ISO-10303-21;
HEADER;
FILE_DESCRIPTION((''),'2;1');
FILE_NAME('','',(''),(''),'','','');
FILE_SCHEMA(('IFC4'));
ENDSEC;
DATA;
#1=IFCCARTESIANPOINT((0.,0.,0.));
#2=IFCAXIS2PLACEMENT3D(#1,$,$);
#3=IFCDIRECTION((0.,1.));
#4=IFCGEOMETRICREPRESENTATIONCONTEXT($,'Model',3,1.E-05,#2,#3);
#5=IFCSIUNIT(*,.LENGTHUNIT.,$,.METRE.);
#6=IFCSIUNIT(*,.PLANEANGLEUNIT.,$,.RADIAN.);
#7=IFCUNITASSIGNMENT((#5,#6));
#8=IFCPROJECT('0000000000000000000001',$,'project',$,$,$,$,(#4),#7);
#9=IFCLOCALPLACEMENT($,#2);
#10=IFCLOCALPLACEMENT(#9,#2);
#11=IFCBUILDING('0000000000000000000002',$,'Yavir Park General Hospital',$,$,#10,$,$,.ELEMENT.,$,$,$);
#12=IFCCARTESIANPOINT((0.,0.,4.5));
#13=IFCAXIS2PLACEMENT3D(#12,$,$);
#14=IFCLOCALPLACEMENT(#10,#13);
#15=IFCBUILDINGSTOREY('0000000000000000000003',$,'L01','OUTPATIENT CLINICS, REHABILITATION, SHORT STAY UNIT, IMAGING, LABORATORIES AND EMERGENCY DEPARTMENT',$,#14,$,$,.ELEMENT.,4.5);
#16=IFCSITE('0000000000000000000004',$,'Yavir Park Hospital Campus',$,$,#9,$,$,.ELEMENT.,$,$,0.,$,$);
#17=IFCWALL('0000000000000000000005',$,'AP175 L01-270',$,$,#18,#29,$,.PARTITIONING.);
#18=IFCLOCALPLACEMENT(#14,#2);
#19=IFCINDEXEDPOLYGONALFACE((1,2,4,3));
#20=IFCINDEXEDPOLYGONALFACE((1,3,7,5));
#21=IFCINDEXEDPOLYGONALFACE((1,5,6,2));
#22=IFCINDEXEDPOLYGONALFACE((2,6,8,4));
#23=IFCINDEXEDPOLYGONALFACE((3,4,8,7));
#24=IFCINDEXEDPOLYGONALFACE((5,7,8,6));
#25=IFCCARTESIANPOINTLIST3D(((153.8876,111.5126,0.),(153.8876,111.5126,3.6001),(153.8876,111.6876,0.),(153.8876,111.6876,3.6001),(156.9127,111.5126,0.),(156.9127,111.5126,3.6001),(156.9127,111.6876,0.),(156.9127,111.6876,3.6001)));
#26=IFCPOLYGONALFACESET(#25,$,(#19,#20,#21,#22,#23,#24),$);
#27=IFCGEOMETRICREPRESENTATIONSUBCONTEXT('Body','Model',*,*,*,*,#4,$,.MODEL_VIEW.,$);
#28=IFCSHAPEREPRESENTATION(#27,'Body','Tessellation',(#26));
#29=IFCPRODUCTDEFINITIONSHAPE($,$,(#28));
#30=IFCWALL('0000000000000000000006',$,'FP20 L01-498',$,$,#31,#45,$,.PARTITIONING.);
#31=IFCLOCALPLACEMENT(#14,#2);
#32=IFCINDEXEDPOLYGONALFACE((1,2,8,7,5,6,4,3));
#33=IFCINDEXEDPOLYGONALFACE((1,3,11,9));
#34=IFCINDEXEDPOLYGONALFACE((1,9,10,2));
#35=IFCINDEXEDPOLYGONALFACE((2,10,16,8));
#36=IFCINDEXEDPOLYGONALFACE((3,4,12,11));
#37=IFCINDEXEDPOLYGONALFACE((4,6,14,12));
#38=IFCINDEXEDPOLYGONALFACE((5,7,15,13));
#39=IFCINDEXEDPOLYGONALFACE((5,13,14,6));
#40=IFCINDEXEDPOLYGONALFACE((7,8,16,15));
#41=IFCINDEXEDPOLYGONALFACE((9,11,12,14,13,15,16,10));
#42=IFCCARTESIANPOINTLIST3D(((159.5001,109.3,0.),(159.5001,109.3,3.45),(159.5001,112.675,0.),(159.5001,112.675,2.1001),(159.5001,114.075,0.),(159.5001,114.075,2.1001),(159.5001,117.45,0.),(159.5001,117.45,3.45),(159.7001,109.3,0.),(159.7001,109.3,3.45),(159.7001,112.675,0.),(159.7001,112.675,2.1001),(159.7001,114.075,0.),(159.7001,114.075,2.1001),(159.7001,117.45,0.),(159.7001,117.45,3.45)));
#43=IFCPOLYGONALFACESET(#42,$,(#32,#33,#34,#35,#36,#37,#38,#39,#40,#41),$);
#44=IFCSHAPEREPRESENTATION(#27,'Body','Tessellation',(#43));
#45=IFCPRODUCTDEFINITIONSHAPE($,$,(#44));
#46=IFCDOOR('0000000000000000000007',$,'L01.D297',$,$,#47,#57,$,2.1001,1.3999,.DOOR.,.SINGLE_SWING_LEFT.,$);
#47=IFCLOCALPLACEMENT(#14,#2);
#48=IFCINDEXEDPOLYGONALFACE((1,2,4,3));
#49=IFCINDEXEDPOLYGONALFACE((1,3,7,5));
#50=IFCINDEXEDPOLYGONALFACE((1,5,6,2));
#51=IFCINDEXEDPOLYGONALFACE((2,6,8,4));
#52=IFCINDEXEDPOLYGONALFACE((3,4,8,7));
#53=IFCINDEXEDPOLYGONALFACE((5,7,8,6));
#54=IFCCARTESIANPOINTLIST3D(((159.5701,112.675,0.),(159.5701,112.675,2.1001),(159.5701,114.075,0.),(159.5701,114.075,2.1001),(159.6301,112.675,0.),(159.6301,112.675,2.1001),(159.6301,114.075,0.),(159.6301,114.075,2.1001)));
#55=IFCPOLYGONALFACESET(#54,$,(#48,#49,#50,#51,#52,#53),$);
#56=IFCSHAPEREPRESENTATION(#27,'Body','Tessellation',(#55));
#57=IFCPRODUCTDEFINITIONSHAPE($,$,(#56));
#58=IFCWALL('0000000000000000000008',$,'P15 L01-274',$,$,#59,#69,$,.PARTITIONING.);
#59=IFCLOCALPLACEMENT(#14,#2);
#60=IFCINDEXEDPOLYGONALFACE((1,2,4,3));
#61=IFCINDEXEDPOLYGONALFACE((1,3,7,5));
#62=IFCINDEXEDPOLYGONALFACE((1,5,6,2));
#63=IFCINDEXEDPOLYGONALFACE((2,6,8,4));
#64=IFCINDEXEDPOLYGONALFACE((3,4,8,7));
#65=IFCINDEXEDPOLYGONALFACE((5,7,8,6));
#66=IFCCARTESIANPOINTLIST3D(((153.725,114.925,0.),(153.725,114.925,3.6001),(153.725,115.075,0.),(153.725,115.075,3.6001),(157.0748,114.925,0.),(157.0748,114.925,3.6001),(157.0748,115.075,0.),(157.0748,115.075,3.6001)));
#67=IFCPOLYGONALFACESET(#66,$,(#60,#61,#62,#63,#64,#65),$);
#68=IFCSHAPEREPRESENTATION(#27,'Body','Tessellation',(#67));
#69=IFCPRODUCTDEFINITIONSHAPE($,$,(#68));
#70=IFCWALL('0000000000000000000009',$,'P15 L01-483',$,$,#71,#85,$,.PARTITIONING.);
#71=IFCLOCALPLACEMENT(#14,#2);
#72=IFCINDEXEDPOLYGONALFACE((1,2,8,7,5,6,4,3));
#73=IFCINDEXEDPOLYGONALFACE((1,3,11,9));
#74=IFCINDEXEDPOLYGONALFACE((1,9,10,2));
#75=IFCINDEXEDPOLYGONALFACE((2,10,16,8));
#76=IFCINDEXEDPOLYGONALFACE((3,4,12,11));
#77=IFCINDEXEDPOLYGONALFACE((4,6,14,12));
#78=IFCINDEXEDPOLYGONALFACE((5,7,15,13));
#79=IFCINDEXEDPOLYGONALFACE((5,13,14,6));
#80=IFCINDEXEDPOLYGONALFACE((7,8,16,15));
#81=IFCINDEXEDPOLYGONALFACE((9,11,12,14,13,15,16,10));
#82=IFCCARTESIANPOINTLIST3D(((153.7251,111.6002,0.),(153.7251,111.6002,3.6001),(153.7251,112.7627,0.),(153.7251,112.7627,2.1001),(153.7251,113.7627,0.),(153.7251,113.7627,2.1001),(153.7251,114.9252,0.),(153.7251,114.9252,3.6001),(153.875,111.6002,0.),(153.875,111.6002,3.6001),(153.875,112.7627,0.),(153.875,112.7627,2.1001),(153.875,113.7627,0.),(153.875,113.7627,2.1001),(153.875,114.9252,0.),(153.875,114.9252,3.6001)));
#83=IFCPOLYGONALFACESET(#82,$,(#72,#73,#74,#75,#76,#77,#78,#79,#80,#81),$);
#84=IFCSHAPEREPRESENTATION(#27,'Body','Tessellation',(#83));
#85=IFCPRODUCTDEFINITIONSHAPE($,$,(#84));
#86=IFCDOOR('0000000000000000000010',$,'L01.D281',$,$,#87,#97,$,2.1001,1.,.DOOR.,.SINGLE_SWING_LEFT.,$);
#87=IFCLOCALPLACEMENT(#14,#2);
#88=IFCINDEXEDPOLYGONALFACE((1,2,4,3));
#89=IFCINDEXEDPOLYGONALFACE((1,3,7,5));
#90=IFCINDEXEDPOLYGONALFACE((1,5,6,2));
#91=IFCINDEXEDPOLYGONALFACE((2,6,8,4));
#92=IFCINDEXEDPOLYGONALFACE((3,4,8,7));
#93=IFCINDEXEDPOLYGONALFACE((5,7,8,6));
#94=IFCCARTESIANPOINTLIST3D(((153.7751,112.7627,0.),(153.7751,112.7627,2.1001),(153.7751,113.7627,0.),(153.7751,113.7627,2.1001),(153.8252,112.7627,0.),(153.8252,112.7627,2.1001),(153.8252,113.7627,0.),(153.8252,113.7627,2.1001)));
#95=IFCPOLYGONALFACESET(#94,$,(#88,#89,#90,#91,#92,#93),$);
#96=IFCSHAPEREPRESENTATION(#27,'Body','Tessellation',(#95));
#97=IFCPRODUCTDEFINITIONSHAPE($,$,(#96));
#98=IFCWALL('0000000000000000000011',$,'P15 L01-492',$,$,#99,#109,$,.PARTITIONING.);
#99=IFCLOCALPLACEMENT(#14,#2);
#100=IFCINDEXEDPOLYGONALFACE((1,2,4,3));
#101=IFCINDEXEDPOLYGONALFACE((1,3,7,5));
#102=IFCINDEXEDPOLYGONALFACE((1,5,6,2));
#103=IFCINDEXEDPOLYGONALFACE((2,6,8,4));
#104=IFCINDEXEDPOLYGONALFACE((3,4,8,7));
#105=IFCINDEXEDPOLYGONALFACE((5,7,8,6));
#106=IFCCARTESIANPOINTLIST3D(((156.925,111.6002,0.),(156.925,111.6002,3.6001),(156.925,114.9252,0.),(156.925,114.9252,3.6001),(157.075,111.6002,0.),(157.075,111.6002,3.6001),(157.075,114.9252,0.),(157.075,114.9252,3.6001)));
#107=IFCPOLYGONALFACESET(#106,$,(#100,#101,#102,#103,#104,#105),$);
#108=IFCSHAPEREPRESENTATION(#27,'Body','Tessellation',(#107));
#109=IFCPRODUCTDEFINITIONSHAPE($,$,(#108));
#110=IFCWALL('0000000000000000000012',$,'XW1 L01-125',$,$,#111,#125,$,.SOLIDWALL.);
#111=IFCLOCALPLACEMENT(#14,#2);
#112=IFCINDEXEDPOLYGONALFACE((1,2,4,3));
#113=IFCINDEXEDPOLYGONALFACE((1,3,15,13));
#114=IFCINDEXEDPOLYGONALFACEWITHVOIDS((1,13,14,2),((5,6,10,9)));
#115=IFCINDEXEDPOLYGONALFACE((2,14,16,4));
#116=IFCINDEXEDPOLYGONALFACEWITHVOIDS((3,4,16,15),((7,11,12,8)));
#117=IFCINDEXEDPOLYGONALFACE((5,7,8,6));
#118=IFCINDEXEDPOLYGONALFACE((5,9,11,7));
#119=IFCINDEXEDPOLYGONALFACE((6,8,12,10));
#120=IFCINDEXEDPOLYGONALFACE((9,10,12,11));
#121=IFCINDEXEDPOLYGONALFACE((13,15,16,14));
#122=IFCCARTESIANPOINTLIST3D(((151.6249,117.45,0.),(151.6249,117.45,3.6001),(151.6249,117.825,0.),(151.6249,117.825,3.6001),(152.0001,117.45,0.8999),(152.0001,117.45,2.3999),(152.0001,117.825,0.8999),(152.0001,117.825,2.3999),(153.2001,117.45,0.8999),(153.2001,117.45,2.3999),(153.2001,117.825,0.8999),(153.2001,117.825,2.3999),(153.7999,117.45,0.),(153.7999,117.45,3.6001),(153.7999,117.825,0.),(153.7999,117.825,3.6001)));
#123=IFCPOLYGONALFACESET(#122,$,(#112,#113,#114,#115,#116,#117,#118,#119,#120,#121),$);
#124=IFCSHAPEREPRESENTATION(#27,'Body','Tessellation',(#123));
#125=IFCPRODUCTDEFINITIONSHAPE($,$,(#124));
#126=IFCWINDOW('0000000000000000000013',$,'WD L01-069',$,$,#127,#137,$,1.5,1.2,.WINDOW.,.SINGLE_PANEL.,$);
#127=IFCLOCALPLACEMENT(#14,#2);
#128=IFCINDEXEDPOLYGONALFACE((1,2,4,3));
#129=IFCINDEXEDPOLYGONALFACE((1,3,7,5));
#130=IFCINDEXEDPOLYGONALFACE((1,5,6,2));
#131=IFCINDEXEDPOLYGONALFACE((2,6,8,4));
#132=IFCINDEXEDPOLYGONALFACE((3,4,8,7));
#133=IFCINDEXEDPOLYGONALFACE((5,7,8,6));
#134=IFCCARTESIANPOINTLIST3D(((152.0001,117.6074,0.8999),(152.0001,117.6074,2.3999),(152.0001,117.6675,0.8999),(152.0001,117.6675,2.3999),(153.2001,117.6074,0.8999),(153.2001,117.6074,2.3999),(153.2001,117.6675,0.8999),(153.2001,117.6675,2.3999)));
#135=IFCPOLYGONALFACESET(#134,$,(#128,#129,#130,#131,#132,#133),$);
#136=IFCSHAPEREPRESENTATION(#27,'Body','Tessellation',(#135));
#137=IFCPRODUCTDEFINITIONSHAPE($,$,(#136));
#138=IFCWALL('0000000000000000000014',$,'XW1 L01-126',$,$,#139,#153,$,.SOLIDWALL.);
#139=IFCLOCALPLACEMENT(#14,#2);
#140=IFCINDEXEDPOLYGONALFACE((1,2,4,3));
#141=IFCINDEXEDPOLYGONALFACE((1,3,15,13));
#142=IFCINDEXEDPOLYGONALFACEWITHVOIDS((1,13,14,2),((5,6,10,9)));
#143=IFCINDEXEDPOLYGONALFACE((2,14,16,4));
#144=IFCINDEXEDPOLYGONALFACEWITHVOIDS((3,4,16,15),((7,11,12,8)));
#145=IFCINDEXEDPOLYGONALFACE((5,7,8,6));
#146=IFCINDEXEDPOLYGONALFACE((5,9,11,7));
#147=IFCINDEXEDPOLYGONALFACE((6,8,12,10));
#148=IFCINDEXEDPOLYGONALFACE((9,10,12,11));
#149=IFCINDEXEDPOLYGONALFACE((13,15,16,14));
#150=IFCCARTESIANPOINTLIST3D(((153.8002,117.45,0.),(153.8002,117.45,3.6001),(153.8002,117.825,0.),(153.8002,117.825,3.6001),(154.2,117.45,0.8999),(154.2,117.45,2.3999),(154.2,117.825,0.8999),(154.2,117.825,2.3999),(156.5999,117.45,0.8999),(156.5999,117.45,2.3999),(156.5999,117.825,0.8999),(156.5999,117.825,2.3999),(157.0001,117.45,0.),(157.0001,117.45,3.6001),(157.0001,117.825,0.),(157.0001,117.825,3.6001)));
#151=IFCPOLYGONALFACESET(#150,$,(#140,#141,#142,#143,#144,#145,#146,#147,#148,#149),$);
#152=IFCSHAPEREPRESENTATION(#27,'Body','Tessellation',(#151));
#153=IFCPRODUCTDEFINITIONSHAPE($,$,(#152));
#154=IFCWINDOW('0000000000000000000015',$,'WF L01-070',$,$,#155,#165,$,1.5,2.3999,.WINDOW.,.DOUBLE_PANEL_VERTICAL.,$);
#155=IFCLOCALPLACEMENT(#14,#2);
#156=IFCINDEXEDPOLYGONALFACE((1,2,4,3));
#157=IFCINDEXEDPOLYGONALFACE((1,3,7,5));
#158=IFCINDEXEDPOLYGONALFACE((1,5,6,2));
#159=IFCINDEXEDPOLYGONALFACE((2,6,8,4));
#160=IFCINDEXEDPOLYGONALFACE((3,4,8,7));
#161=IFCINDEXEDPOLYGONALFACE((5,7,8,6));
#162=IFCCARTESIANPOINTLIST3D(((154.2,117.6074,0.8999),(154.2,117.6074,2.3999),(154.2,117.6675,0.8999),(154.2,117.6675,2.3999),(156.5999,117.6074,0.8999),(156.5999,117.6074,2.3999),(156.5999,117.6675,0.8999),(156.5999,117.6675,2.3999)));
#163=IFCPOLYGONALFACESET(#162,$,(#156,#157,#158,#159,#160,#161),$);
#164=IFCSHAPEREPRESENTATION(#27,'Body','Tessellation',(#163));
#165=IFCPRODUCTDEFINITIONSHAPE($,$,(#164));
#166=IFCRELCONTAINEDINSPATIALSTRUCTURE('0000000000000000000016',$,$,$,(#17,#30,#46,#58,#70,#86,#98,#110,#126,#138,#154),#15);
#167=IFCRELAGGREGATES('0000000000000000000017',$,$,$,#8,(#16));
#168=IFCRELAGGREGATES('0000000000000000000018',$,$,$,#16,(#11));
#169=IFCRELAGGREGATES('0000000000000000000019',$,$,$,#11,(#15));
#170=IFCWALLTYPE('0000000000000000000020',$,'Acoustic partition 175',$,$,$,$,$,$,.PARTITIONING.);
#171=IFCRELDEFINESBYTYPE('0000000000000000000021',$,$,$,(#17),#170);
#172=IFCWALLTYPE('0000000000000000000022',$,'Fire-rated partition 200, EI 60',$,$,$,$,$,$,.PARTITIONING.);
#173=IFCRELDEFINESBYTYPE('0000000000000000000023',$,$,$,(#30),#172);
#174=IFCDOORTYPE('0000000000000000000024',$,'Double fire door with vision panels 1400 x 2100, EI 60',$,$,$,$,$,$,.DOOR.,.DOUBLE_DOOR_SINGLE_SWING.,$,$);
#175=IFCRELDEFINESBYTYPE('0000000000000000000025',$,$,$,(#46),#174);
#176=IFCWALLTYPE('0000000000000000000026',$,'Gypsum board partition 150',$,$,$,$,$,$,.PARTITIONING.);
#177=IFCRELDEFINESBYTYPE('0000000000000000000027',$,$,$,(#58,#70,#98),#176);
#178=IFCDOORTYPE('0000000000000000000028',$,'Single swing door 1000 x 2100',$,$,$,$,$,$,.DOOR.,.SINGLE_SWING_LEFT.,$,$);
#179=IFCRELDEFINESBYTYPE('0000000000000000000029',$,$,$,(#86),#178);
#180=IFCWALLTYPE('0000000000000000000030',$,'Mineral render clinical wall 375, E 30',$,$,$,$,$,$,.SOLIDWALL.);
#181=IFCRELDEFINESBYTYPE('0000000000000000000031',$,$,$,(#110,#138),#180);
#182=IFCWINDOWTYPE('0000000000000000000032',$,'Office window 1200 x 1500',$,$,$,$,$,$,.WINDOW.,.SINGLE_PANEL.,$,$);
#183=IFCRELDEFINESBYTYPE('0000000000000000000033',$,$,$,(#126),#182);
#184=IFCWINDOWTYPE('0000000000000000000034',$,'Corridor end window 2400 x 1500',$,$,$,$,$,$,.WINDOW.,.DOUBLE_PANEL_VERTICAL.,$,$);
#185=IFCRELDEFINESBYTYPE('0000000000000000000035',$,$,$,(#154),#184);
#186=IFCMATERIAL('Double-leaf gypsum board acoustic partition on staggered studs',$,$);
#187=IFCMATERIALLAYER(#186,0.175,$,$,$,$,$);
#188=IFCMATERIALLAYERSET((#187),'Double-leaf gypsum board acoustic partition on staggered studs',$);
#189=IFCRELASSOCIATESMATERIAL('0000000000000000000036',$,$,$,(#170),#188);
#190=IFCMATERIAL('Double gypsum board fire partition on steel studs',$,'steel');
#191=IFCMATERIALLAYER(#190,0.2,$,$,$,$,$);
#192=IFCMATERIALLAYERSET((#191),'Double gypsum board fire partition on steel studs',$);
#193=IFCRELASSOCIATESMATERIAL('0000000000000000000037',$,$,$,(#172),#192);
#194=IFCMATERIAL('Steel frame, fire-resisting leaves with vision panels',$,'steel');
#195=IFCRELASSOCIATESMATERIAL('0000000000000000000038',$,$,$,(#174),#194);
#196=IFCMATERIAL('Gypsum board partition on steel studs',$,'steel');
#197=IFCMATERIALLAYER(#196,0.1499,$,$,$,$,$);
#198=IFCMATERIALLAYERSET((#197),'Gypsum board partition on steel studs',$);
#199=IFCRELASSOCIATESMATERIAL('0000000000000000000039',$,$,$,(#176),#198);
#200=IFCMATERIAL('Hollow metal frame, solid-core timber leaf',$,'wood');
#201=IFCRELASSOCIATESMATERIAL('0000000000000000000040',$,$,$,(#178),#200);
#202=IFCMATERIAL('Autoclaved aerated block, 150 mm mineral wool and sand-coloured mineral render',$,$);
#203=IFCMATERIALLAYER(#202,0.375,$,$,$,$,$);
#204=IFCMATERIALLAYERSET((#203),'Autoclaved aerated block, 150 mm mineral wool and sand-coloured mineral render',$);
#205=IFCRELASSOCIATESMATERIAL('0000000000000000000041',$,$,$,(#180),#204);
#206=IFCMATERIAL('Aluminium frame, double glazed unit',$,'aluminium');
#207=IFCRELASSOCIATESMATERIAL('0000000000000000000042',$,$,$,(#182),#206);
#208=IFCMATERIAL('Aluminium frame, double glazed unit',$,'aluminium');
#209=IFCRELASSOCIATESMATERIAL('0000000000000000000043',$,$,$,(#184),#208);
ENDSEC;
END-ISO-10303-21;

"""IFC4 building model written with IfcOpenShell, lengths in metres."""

from ifc_helpers import new_model, si_unit, direction, frame, frame_2d, origin, place, context, subcontext, project, spatial, rectangle, extrude, material, layer, layer_set, type_object, element, fill, save


model = new_model("IFC4")

# Units and contexts
model_context = context("Model", 3, precision=1e-05, world=origin(), true_north=direction((0.0, 1.0)))
body_context = subcontext(model_context, "Body", "Model", "MODEL_VIEW")
ifc_project = project(units=[si_unit("LENGTHUNIT", "METRE"), si_unit("PLANEANGLEUNIT", "RADIAN")], contexts=[model_context])

# Site, building, storey
site_placement = place(None, origin())
site = spatial("IfcSite", under=ifc_project, at=site_placement, Name="Yavir Park Hospital Campus", CompositionType="ELEMENT", RefElevation=0.0)
building_placement = place(site_placement, origin())
building = spatial("IfcBuilding", under=site, at=building_placement, Name="Yavir Park General Hospital", CompositionType="ELEMENT")
storey_placement = place(building_placement, frame((0.0, 0.0, 4.5)))
storey = spatial("IfcBuildingStorey", under=building, at=storey_placement, Name="L01", Description="OUTPATIENT CLINICS, REHABILITATION, SHORT STAY UNIT, IMAGING, LABORATORIES AND EMERGENCY DEPARTMENT", CompositionType="ELEMENT", Elevation=4.5)

# Wall
ifc_material_1 = material(Name="Double-leaf gypsum board acoustic partition on staggered studs")
ifc_layer_1 = layer(ifc_material_1, 0.175)
ifc_layer_set_1 = layer_set([ifc_layer_1], Name="Double-leaf gypsum board acoustic partition on staggered studs")
wall_type_1 = type_object("IfcWallType", Name="Acoustic partition 175", PredefinedType="PARTITIONING", material=ifc_layer_set_1)
wall_1_placement = place(storey_placement, frame((153.8875, 111.6001, 0.0), z_axis=(0.0, 0.0, 1.0), x_axis=(1.0, 0.0, 0.0)))
element("IfcWall", 1, at=wall_1_placement, inside=storey, type_object=wall_type_1, Name="AP175 L01-270", PredefinedType="PARTITIONING", context=body_context, shape_type="SweptSolid", body=[
    extrude(rectangle(XDim=3.0251, YDim=0.175, at=frame_2d((1.5127, 0.0))), origin(), (0.0, 0.0, 1.0), 3.6001),
])

# Wall, opening, door
ifc_material_2 = material(Name="Double gypsum board fire partition on steel studs", Category="steel")
ifc_layer_2 = layer(ifc_material_2, 0.2)
ifc_layer_set_2 = layer_set([ifc_layer_2], Name="Double gypsum board fire partition on steel studs")
wall_type_2 = type_object("IfcWallType", Name="Fire-rated partition 200, EI 60", PredefinedType="PARTITIONING", material=ifc_layer_set_2)
wall_2_placement = place(storey_placement, frame((159.6001, 109.3, 0.0), z_axis=(0.0, 0.0, 1.0), x_axis=(0.0, 1.0, 0.0)))
wall_2 = element("IfcWall", 2, at=wall_2_placement, inside=storey, type_object=wall_type_2, Name="FP20 L01-498", PredefinedType="PARTITIONING", context=body_context, shape_type="SweptSolid", body=[
    extrude(rectangle(XDim=8.1499, YDim=0.2, at=frame_2d((4.075, 0.0))), origin(), (0.0, 0.0, 1.0), 3.45),
])
opening_1_placement = place(wall_2_placement, frame((3.375, 0.0, 0.0)))
opening_1 = element("IfcOpeningElement", 3, at=opening_1_placement, cuts=wall_2, PredefinedType="OPENING", context=body_context, shape_type="SweptSolid", body=[
    extrude(rectangle(XDim=1.3999, YDim=2.1001, at=frame_2d((0.7, 1.05))), frame((0.0, 0.1099, 0.0), z_axis=(0.0, -1.0, 0.0), x_axis=(1.0, 0.0, 0.0)), (0.0, 0.0, 1.0), 0.22),
])
ifc_material_3 = material(Name="Steel frame, fire-resisting leaves with vision panels", Category="steel")
door_type_1 = type_object("IfcDoorType", Name="Double fire door with vision panels 1400 x 2100, EI 60", OperationType="DOUBLE_DOOR_SINGLE_SWING", PredefinedType="DOOR", material=ifc_material_3)
door_1_placement = place(opening_1_placement, origin())
door_1 = element("IfcDoor", 4, at=door_1_placement, inside=storey, type_object=door_type_1, Name="L01.D297", OperationType="SINGLE_SWING_LEFT", OverallHeight=2.1001, OverallWidth=1.3999, PredefinedType="DOOR", context=body_context, shape_type="SweptSolid", body=[
    extrude(rectangle(XDim=1.3999, YDim=2.1001, at=frame_2d((0.7, 1.05))), frame((0.0, 0.03, 0.0), z_axis=(0.0, -1.0, 0.0), x_axis=(1.0, 0.0, 0.0)), (0.0, 0.0, 1.0), 0.0601),
])
fill(opening_1, door_1)

# Wall
ifc_material_4 = material(Name="Gypsum board partition on steel studs", Category="steel")
ifc_layer_3 = layer(ifc_material_4, 0.1499)
ifc_layer_set_3 = layer_set([ifc_layer_3], Name="Gypsum board partition on steel studs")
wall_type_3 = type_object("IfcWallType", Name="Gypsum board partition 150", PredefinedType="PARTITIONING", material=ifc_layer_set_3)
wall_3_placement = place(storey_placement, frame((153.7251, 115.0, 0.0), z_axis=(0.0, 0.0, 1.0), x_axis=(1.0, 0.0, 0.0)))
element("IfcWall", 5, at=wall_3_placement, inside=storey, type_object=wall_type_3, Name="P15 L01-274", PredefinedType="PARTITIONING", context=body_context, shape_type="SweptSolid", body=[
    extrude(rectangle(XDim=3.3499, YDim=0.1499, at=frame_2d((1.6748, 0.0))), origin(), (0.0, 0.0, 1.0), 3.6001),
])

# Wall, opening, door
wall_4_placement = place(storey_placement, frame((153.8, 111.6001, 0.0), z_axis=(0.0, 0.0, 1.0), x_axis=(0.0, 1.0, 0.0)))
wall_4 = element("IfcWall", 6, at=wall_4_placement, inside=storey, type_object=wall_type_3, Name="P15 L01-483", PredefinedType="PARTITIONING", context=body_context, shape_type="SweptSolid", body=[
    extrude(rectangle(XDim=3.325, YDim=0.1499, at=frame_2d((1.6626, 0.0))), origin(), (0.0, 0.0, 1.0), 3.6001),
])
opening_2_placement = place(wall_4_placement, frame((1.1626, 0.0, 0.0)))
opening_2 = element("IfcOpeningElement", 7, at=opening_2_placement, cuts=wall_4, PredefinedType="OPENING", context=body_context, shape_type="SweptSolid", body=[
    extrude(rectangle(XDim=1.0, YDim=2.1001, at=frame_2d((0.5, 1.05))), frame((0.0, 0.085, 0.0), z_axis=(0.0, -1.0, 0.0), x_axis=(1.0, 0.0, 0.0)), (0.0, 0.0, 1.0), 0.1699),
])
ifc_material_5 = material(Name="Hollow metal frame, solid-core timber leaf", Category="wood")
door_type_2 = type_object("IfcDoorType", Name="Single swing door 1000 x 2100", OperationType="SINGLE_SWING_LEFT", PredefinedType="DOOR", material=ifc_material_5)
door_2_placement = place(opening_2_placement, origin())
door_2 = element("IfcDoor", 8, at=door_2_placement, inside=storey, type_object=door_type_2, Name="L01.D281", OperationType="SINGLE_SWING_LEFT", OverallHeight=2.1001, OverallWidth=1.0, PredefinedType="DOOR", context=body_context, shape_type="SweptSolid", body=[
    extrude(rectangle(XDim=1.0, YDim=2.1001, at=frame_2d((0.5, 1.05))), frame((0.0, 0.0249, 0.0), z_axis=(0.0, -1.0, 0.0), x_axis=(1.0, 0.0, 0.0)), (0.0, 0.0, 1.0), 0.05),
])
fill(opening_2, door_2)

# Wall
wall_5_placement = place(storey_placement, frame((157.0, 111.6001, 0.0), z_axis=(0.0, 0.0, 1.0), x_axis=(0.0, 1.0, 0.0)))
element("IfcWall", 9, at=wall_5_placement, inside=storey, type_object=wall_type_3, Name="P15 L01-492", PredefinedType="PARTITIONING", context=body_context, shape_type="SweptSolid", body=[
    extrude(rectangle(XDim=3.325, YDim=0.1499, at=frame_2d((1.6626, 0.0))), origin(), (0.0, 0.0, 1.0), 3.6001),
])

# Walls, openings, windows
ifc_material_6 = material(Name="Autoclaved aerated block, 150 mm mineral wool and sand-coloured mineral render")
ifc_layer_4 = layer(ifc_material_6, 0.375)
ifc_layer_set_4 = layer_set([ifc_layer_4], Name="Autoclaved aerated block, 150 mm mineral wool and sand-coloured mineral render")
wall_type_4 = type_object("IfcWallType", Name="Mineral render clinical wall 375, E 30", PredefinedType="SOLIDWALL", material=ifc_layer_set_4)
wall_6_placement = place(storey_placement, frame((151.625, 117.6375, 0.0), z_axis=(0.0, 0.0, 1.0), x_axis=(1.0, 0.0, 0.0)))
wall_6 = element("IfcWall", 10, at=wall_6_placement, inside=storey, type_object=wall_type_4, Name="XW1 L01-125", PredefinedType="SOLIDWALL", context=body_context, shape_type="SweptSolid", body=[
    extrude(rectangle(XDim=2.175, YDim=0.375, at=frame_2d((1.0874, 0.0))), origin(), (0.0, 0.0, 1.0), 3.6001),
])
opening_3_placement = place(wall_6_placement, frame((0.375, 0.0, 0.8999)))
opening_3 = element("IfcOpeningElement", 11, at=opening_3_placement, cuts=wall_6, PredefinedType="OPENING", context=body_context, shape_type="SweptSolid", body=[
    extrude(rectangle(XDim=1.2, YDim=1.5, at=frame_2d((0.6001, 0.75))), frame((0.0, 0.1975, 0.0), z_axis=(0.0, -1.0, 0.0), x_axis=(1.0, 0.0, 0.0)), (0.0, 0.0, 1.0), 0.395),
])
ifc_material_7 = material(Name="Aluminium frame, double glazed unit", Category="aluminium")
window_type_1 = type_object("IfcWindowType", Name="Office window 1200 x 1500", PartitioningType="SINGLE_PANEL", PredefinedType="WINDOW", material=ifc_material_7)
window_1_placement = place(opening_3_placement, origin())
window_1 = element("IfcWindow", 12, at=window_1_placement, inside=storey, type_object=window_type_1, Name="WD L01-069", OverallHeight=1.5, OverallWidth=1.2, PartitioningType="SINGLE_PANEL", PredefinedType="WINDOW", context=body_context, shape_type="SweptSolid", body=[
    extrude(rectangle(XDim=1.2, YDim=1.5, at=frame_2d((0.6001, 0.75))), frame((0.0, 0.03, 0.0), z_axis=(0.0, -1.0, 0.0), x_axis=(1.0, 0.0, 0.0)), (0.0, 0.0, 1.0), 0.0601),
])
fill(opening_3, window_1)
wall_7_placement = place(storey_placement, frame((153.8, 117.6375, 0.0), z_axis=(0.0, 0.0, 1.0), x_axis=(1.0, 0.0, 0.0)))
wall_7 = element("IfcWall", 13, at=wall_7_placement, inside=storey, type_object=wall_type_4, Name="XW1 L01-126", PredefinedType="SOLIDWALL", context=body_context, shape_type="SweptSolid", body=[
    extrude(rectangle(XDim=3.2, YDim=0.375, at=frame_2d((1.6001, 0.0))), origin(), (0.0, 0.0, 1.0), 3.6001),
])
opening_4_placement = place(wall_7_placement, frame((0.3999, 0.0, 0.8999)))
opening_4 = element("IfcOpeningElement", 14, at=opening_4_placement, cuts=wall_7, PredefinedType="OPENING", context=body_context, shape_type="SweptSolid", body=[
    extrude(rectangle(XDim=2.3999, YDim=1.5, at=frame_2d((1.2, 0.75))), frame((0.0, 0.1975, 0.0), z_axis=(0.0, -1.0, 0.0), x_axis=(1.0, 0.0, 0.0)), (0.0, 0.0, 1.0), 0.395),
])
ifc_material_8 = material(Name="Aluminium frame, double glazed unit", Category="aluminium")
window_type_2 = type_object("IfcWindowType", Name="Corridor end window 2400 x 1500", PartitioningType="DOUBLE_PANEL_VERTICAL", PredefinedType="WINDOW", material=ifc_material_8)
window_2_placement = place(opening_4_placement, origin())
window_2 = element("IfcWindow", 15, at=window_2_placement, inside=storey, type_object=window_type_2, Name="WF L01-070", OverallHeight=1.5, OverallWidth=2.3999, PartitioningType="DOUBLE_PANEL_VERTICAL", PredefinedType="WINDOW", context=body_context, shape_type="SweptSolid", body=[
    extrude(rectangle(XDim=2.3999, YDim=1.5, at=frame_2d((1.2, 0.75))), frame((0.0, 0.03, 0.0), z_axis=(0.0, -1.0, 0.0), x_axis=(1.0, 0.0, 0.0)), (0.0, 0.0, 1.0), 0.0601),
])
fill(opening_4, window_2)

save(model, "model.ifc")
